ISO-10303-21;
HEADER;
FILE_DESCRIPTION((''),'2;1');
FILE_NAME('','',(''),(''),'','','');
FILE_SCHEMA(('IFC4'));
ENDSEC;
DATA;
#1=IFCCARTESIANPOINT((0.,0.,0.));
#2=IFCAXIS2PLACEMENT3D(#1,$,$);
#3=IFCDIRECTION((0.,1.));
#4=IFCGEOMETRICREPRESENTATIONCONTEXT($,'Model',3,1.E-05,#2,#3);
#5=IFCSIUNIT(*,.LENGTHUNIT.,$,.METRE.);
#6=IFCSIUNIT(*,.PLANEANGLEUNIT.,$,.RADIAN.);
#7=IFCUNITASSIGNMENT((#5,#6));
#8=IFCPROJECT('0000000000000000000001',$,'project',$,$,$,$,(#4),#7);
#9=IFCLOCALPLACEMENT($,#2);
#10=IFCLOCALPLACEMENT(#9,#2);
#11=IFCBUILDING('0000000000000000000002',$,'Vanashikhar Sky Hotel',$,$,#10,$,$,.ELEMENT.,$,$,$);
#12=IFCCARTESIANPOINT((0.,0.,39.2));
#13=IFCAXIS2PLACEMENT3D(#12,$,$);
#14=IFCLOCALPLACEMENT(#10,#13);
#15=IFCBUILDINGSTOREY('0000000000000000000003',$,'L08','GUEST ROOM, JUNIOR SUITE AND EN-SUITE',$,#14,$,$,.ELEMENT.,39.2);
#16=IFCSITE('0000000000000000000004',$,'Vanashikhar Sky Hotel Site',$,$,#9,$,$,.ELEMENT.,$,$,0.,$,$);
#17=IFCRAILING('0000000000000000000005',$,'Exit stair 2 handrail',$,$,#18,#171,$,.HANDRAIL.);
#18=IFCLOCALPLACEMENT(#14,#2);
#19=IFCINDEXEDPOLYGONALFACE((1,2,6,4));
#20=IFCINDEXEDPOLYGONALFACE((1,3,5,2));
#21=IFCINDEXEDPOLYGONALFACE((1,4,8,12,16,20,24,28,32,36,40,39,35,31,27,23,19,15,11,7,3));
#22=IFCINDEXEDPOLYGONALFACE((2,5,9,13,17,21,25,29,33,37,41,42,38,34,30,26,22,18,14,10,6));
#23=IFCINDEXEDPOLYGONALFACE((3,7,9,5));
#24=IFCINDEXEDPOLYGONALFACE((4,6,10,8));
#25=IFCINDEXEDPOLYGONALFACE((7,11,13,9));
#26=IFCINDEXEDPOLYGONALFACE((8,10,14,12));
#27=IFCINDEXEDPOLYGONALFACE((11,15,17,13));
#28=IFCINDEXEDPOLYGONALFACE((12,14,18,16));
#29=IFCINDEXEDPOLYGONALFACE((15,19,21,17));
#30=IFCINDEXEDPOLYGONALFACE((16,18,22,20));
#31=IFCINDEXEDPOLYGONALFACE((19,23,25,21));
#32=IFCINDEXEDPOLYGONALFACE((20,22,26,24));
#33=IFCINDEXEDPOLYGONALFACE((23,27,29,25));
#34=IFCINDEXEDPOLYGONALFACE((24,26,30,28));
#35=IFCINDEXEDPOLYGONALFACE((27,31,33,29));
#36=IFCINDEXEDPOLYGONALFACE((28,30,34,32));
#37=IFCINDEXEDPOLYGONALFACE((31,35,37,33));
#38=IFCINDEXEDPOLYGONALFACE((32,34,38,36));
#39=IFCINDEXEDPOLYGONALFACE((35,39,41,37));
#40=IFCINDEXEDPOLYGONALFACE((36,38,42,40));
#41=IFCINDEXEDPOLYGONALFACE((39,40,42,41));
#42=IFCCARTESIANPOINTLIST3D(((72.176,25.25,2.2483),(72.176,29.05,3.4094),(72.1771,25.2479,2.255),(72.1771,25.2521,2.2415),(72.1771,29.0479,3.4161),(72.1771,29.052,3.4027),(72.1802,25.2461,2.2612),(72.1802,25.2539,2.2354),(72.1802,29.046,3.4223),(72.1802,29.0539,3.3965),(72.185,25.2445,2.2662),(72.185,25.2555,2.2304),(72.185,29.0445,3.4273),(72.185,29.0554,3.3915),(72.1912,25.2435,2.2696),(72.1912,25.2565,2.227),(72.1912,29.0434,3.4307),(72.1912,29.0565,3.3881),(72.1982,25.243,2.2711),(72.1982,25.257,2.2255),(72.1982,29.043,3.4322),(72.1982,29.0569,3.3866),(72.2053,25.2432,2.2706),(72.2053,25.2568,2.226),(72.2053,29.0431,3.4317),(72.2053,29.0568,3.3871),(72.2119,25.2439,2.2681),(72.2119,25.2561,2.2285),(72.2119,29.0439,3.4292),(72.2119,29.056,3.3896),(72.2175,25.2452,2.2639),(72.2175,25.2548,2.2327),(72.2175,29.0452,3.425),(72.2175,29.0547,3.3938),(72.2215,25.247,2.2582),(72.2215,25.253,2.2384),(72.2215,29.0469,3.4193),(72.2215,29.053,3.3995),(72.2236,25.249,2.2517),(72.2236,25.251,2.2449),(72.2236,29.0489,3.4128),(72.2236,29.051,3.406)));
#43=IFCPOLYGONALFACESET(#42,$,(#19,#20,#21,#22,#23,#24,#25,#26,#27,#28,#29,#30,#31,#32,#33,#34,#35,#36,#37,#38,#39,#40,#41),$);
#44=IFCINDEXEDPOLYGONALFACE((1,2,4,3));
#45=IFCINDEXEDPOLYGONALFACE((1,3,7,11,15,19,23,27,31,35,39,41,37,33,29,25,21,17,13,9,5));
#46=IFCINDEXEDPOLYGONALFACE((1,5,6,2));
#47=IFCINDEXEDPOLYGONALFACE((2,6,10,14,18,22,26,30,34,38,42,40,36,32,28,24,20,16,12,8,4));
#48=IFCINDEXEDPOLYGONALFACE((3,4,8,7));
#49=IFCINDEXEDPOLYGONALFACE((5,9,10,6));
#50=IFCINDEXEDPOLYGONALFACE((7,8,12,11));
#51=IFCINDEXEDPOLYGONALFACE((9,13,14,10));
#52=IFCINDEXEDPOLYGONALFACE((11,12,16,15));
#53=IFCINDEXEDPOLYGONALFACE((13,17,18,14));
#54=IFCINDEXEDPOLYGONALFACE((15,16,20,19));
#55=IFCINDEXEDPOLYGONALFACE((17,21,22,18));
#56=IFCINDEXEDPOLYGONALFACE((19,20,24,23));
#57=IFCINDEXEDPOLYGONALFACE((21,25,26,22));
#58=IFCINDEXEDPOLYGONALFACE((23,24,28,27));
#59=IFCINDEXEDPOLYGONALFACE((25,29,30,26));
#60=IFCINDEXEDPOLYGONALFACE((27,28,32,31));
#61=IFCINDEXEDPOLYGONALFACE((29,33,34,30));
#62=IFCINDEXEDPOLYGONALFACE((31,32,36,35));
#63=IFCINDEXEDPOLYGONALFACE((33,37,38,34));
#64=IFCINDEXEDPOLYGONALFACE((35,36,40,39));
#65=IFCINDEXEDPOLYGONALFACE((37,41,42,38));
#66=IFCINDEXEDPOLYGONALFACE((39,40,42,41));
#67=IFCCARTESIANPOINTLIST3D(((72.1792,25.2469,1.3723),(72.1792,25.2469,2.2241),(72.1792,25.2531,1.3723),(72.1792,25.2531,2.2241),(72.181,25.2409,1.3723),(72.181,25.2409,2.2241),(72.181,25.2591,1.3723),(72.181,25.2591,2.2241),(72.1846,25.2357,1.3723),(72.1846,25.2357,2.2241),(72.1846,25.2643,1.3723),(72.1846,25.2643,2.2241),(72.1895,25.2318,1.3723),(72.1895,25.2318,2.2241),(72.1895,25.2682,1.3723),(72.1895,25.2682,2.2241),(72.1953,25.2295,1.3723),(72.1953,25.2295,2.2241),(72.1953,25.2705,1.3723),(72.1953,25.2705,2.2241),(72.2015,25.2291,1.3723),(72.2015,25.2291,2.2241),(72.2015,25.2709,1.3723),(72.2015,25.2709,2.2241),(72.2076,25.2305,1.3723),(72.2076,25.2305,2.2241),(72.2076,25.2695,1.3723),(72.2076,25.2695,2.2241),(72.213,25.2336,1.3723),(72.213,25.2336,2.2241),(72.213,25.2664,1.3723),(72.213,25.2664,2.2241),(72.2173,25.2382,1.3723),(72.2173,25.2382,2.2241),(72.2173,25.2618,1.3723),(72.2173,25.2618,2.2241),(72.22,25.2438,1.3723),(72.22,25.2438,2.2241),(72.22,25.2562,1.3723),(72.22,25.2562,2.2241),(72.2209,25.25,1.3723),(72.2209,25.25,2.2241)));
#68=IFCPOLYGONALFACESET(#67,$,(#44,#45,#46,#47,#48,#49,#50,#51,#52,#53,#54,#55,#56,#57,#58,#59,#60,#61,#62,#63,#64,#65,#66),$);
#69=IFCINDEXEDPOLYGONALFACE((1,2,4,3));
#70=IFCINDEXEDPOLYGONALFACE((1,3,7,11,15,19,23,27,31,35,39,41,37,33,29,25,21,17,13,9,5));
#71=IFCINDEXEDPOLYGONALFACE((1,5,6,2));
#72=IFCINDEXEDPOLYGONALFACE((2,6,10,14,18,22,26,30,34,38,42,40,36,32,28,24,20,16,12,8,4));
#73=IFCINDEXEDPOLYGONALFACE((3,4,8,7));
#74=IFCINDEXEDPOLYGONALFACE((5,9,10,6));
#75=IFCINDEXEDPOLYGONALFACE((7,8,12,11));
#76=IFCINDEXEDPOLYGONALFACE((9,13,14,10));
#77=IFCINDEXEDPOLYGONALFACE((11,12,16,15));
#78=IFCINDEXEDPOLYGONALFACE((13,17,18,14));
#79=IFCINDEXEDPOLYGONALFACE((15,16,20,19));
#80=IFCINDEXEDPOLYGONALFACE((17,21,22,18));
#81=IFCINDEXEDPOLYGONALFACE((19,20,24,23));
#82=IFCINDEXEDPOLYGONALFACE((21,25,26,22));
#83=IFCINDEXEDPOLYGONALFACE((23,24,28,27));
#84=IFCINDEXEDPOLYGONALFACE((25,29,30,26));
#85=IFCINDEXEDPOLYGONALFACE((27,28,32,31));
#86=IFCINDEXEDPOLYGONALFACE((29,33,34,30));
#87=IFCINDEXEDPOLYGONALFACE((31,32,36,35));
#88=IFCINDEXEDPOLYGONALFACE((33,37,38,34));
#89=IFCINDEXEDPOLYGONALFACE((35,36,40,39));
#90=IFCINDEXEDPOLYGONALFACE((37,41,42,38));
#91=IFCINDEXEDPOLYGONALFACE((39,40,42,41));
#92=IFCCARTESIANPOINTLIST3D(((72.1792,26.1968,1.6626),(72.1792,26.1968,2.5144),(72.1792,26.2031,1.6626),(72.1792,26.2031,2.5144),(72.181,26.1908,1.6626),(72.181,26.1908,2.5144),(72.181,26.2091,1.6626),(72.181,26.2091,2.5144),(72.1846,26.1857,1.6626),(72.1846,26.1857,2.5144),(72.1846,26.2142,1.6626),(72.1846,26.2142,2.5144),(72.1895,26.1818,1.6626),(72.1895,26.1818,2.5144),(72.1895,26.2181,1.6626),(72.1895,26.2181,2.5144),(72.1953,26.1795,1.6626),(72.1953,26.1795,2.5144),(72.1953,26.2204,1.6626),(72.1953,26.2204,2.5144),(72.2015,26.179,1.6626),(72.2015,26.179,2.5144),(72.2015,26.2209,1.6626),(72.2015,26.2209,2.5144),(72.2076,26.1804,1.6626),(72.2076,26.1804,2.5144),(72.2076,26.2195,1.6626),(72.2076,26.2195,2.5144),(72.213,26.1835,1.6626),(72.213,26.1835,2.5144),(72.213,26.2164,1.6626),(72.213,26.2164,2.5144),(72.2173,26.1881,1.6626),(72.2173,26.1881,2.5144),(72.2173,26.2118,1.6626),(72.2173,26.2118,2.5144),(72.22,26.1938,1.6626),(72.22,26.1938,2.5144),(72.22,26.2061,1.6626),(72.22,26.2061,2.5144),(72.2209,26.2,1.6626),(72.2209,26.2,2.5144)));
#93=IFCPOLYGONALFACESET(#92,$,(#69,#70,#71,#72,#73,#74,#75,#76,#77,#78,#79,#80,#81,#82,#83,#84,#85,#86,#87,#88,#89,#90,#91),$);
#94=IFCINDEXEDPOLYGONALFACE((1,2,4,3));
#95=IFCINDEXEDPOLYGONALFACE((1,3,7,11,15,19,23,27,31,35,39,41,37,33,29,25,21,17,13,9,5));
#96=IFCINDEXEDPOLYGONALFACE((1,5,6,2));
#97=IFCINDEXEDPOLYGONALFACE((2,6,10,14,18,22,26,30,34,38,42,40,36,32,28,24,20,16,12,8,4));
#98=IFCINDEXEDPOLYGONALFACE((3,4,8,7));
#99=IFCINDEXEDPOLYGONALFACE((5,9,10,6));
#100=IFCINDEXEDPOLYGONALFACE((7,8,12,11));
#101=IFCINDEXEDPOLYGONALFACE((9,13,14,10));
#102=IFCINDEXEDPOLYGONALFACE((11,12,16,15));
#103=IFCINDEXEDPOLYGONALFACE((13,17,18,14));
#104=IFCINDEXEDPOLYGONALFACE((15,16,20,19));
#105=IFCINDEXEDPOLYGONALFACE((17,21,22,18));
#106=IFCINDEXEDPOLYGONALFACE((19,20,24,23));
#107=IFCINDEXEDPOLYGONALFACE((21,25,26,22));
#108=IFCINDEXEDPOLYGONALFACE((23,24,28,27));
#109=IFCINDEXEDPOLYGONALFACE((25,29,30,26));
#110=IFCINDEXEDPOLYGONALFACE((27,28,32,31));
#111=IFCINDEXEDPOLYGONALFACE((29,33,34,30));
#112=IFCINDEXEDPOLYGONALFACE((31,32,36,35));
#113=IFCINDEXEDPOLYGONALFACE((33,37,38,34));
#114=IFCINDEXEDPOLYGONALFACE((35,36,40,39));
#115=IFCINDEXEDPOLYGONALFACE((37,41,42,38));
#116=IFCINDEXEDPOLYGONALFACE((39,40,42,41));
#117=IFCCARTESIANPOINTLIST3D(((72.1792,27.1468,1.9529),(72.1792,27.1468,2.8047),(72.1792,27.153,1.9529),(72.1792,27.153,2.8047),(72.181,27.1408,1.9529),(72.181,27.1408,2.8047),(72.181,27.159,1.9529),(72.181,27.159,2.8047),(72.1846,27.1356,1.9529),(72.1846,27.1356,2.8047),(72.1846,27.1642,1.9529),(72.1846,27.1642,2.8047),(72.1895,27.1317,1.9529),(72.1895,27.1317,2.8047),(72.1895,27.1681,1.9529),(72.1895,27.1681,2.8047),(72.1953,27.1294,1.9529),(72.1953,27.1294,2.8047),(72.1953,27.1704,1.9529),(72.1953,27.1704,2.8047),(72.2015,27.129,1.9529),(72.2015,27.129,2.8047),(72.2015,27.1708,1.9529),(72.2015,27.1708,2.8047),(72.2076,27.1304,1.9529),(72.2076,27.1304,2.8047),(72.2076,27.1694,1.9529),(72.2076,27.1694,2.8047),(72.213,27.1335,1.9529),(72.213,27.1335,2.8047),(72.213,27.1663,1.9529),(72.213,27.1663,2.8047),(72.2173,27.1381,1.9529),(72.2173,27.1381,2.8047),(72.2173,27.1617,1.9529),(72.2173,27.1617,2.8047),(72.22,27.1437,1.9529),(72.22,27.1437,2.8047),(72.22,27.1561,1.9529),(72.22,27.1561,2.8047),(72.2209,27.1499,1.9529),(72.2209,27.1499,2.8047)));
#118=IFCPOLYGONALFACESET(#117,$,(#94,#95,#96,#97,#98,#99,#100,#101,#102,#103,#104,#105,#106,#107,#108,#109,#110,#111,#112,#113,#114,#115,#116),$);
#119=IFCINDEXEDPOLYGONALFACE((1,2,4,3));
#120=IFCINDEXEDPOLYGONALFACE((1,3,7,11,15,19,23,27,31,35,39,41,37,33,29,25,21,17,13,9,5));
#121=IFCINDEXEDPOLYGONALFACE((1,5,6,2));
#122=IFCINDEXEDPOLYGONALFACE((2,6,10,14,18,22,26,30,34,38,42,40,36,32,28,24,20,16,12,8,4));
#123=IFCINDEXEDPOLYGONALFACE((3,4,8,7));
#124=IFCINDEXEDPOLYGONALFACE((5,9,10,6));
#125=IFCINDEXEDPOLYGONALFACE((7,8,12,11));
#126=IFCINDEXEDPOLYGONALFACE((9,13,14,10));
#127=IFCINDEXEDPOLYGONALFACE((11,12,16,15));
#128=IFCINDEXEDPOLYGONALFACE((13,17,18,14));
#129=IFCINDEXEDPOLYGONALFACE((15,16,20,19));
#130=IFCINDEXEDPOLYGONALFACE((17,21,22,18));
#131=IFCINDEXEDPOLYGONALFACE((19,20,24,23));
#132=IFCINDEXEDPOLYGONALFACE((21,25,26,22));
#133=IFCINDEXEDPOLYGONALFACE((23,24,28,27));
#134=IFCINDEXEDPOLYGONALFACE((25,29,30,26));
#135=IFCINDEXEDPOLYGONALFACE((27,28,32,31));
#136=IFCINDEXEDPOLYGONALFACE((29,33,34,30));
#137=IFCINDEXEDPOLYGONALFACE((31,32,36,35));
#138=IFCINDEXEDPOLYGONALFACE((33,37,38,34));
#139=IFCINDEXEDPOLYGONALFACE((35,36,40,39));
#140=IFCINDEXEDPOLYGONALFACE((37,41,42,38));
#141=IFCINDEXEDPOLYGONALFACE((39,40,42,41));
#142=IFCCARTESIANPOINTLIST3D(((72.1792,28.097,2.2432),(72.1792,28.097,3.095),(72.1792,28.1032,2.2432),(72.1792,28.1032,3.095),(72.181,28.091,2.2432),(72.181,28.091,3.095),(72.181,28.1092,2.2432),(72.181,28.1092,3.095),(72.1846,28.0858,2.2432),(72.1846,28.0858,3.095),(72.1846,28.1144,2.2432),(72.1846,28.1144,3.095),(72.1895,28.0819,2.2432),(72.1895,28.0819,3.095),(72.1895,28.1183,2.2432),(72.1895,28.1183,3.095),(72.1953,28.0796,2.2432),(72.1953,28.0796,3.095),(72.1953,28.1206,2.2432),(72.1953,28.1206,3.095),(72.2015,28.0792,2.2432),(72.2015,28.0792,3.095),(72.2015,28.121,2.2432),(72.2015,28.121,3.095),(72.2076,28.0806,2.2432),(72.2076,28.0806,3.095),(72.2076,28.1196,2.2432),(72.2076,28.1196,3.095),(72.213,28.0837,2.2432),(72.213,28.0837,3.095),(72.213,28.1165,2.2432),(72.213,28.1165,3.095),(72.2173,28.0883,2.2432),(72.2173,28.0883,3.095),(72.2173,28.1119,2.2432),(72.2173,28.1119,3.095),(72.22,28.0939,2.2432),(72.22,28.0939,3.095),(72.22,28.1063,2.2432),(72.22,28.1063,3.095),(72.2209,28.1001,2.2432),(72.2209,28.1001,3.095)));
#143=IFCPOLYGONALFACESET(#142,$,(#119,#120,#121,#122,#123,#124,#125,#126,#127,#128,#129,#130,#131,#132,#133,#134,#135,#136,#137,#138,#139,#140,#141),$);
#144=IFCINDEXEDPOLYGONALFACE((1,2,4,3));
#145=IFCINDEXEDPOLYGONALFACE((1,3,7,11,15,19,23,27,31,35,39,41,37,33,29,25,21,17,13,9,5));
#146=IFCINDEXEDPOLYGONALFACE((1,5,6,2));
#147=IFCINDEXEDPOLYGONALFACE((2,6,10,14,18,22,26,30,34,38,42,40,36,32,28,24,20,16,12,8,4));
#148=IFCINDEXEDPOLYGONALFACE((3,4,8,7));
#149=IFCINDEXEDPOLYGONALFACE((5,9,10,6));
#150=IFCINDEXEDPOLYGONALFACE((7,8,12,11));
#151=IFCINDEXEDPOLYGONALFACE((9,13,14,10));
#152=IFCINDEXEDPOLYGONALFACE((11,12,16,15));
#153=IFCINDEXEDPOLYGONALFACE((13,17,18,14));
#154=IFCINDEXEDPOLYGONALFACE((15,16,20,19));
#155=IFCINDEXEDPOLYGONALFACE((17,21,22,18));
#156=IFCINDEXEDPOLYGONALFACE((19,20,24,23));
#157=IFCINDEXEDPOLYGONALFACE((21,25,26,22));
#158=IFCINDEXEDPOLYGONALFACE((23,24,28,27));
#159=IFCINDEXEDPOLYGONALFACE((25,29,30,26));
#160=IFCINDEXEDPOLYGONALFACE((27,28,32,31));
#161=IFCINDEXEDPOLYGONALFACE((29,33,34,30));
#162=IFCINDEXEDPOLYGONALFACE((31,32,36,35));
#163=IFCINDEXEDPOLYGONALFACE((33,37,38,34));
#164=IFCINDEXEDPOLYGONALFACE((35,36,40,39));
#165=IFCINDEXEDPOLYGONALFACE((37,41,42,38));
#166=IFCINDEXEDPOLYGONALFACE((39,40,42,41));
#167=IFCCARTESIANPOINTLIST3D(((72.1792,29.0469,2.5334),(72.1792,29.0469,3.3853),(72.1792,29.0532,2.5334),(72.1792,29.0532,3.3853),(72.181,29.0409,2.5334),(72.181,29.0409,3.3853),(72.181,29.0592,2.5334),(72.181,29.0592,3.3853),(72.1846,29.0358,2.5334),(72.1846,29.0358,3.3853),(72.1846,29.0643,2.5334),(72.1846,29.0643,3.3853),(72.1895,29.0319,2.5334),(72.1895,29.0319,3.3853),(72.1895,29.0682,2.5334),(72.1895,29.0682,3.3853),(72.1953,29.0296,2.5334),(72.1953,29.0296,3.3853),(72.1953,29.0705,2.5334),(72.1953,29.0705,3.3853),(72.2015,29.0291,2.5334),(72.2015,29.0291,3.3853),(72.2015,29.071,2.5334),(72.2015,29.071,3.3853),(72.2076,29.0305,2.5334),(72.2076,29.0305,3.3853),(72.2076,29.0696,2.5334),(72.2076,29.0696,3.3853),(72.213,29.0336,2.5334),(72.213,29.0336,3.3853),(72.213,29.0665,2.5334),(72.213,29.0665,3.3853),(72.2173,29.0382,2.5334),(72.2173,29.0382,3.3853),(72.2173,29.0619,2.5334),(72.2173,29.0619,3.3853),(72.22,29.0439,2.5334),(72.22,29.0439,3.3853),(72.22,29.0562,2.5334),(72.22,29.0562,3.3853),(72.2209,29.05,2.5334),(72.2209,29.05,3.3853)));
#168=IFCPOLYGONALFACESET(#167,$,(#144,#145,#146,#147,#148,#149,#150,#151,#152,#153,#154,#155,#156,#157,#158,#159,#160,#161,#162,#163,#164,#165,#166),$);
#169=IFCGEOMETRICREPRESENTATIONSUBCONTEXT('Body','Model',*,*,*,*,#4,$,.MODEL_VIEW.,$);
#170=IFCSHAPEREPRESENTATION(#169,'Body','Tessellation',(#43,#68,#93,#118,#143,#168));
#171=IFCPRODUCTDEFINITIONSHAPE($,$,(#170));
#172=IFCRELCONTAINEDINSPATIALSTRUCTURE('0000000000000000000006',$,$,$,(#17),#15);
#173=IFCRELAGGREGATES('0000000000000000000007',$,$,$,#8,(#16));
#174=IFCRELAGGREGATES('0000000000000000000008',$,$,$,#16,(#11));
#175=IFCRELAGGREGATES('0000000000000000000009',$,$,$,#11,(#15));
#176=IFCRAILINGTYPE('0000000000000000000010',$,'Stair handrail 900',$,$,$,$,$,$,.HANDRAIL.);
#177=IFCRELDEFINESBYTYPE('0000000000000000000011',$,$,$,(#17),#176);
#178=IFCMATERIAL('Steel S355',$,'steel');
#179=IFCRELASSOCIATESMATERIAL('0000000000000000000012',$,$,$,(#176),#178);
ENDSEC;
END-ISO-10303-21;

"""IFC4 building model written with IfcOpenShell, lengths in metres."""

from ifc_helpers import new_model, si_unit, direction, frame, origin, origin_2d, place, context, subcontext, project, spatial, circle, extrude, source, transform, mapped, material, type_object, element, save


model = new_model("IFC4")

# Units and contexts
model_context = context("Model", 3, precision=1e-05, world=origin(), true_north=direction((0.0, 1.0)))
body_context = subcontext(model_context, "Body", "Model", "MODEL_VIEW")
ifc_project = project(units=[si_unit("LENGTHUNIT", "METRE"), si_unit("PLANEANGLEUNIT", "RADIAN")], contexts=[model_context])

# Site, building, storey
site_placement = place(None, origin())
site = spatial("IfcSite", under=ifc_project, at=site_placement, Name="Vanashikhar Sky Hotel Site", CompositionType="ELEMENT", RefElevation=0.0)
building_placement = place(site_placement, origin())
building = spatial("IfcBuilding", under=site, at=building_placement, Name="Vanashikhar Sky Hotel", CompositionType="ELEMENT")
storey_placement = place(building_placement, frame((0.0, 0.0, 39.2)))
storey = spatial("IfcBuildingStorey", under=building, at=storey_placement, Name="L08", Description="GUEST ROOM, JUNIOR SUITE AND EN-SUITE", CompositionType="ELEMENT", Elevation=39.2)

# Railing
ifc_material_1 = material(Name="Steel S355", Category="steel")
railing_type_1 = type_object("IfcRailingType", Name="Stair handrail 900", PredefinedType="HANDRAIL", material=ifc_material_1)
shared_shape_1 = source(origin(), body_context, "Body", "SweptSolid", [
    extrude(circle(Radius=0.0239, at=origin_2d()), frame((0.0, 0.0, 0.876), z_axis=(0.0, 0.956351, 0.29222), x_axis=(-1.0, 0.0, 0.0)), (0.0, 0.0, 1.0), 3.9734),
    extrude(circle(Radius=0.021, at=origin_2d()), origin(), (0.0, 0.0, 1.0), 0.8518),
    extrude(circle(Radius=0.021, at=origin_2d()), frame((0.0, 0.95, 0.2903)), (0.0, 0.0, 1.0), 0.8518),
    extrude(circle(Radius=0.021, at=origin_2d()), frame((0.0, 1.8999, 0.5806)), (0.0, 0.0, 1.0), 0.8518),
    extrude(circle(Radius=0.021, at=origin_2d()), frame((0.0, 2.8501, 0.8708)), (0.0, 0.0, 1.0), 0.8518),
    extrude(circle(Radius=0.021, at=origin_2d()), frame((0.0, 3.8, 1.1611)), (0.0, 0.0, 1.0), 0.8518),
])
railing_1_placement = place(storey_placement, frame((72.2, 25.25, 1.3723)))
element("IfcRailing", 1, at=railing_1_placement, inside=storey, type_object=railing_type_1, Name="Exit stair 2 handrail", PredefinedType="HANDRAIL", context=body_context, shape_type="MappedRepresentation", body=[
    mapped(shared_shape_1, transform((0.0, 0.0, 0.0), scale=1.0)),
])

save(model, "model.ifc")
